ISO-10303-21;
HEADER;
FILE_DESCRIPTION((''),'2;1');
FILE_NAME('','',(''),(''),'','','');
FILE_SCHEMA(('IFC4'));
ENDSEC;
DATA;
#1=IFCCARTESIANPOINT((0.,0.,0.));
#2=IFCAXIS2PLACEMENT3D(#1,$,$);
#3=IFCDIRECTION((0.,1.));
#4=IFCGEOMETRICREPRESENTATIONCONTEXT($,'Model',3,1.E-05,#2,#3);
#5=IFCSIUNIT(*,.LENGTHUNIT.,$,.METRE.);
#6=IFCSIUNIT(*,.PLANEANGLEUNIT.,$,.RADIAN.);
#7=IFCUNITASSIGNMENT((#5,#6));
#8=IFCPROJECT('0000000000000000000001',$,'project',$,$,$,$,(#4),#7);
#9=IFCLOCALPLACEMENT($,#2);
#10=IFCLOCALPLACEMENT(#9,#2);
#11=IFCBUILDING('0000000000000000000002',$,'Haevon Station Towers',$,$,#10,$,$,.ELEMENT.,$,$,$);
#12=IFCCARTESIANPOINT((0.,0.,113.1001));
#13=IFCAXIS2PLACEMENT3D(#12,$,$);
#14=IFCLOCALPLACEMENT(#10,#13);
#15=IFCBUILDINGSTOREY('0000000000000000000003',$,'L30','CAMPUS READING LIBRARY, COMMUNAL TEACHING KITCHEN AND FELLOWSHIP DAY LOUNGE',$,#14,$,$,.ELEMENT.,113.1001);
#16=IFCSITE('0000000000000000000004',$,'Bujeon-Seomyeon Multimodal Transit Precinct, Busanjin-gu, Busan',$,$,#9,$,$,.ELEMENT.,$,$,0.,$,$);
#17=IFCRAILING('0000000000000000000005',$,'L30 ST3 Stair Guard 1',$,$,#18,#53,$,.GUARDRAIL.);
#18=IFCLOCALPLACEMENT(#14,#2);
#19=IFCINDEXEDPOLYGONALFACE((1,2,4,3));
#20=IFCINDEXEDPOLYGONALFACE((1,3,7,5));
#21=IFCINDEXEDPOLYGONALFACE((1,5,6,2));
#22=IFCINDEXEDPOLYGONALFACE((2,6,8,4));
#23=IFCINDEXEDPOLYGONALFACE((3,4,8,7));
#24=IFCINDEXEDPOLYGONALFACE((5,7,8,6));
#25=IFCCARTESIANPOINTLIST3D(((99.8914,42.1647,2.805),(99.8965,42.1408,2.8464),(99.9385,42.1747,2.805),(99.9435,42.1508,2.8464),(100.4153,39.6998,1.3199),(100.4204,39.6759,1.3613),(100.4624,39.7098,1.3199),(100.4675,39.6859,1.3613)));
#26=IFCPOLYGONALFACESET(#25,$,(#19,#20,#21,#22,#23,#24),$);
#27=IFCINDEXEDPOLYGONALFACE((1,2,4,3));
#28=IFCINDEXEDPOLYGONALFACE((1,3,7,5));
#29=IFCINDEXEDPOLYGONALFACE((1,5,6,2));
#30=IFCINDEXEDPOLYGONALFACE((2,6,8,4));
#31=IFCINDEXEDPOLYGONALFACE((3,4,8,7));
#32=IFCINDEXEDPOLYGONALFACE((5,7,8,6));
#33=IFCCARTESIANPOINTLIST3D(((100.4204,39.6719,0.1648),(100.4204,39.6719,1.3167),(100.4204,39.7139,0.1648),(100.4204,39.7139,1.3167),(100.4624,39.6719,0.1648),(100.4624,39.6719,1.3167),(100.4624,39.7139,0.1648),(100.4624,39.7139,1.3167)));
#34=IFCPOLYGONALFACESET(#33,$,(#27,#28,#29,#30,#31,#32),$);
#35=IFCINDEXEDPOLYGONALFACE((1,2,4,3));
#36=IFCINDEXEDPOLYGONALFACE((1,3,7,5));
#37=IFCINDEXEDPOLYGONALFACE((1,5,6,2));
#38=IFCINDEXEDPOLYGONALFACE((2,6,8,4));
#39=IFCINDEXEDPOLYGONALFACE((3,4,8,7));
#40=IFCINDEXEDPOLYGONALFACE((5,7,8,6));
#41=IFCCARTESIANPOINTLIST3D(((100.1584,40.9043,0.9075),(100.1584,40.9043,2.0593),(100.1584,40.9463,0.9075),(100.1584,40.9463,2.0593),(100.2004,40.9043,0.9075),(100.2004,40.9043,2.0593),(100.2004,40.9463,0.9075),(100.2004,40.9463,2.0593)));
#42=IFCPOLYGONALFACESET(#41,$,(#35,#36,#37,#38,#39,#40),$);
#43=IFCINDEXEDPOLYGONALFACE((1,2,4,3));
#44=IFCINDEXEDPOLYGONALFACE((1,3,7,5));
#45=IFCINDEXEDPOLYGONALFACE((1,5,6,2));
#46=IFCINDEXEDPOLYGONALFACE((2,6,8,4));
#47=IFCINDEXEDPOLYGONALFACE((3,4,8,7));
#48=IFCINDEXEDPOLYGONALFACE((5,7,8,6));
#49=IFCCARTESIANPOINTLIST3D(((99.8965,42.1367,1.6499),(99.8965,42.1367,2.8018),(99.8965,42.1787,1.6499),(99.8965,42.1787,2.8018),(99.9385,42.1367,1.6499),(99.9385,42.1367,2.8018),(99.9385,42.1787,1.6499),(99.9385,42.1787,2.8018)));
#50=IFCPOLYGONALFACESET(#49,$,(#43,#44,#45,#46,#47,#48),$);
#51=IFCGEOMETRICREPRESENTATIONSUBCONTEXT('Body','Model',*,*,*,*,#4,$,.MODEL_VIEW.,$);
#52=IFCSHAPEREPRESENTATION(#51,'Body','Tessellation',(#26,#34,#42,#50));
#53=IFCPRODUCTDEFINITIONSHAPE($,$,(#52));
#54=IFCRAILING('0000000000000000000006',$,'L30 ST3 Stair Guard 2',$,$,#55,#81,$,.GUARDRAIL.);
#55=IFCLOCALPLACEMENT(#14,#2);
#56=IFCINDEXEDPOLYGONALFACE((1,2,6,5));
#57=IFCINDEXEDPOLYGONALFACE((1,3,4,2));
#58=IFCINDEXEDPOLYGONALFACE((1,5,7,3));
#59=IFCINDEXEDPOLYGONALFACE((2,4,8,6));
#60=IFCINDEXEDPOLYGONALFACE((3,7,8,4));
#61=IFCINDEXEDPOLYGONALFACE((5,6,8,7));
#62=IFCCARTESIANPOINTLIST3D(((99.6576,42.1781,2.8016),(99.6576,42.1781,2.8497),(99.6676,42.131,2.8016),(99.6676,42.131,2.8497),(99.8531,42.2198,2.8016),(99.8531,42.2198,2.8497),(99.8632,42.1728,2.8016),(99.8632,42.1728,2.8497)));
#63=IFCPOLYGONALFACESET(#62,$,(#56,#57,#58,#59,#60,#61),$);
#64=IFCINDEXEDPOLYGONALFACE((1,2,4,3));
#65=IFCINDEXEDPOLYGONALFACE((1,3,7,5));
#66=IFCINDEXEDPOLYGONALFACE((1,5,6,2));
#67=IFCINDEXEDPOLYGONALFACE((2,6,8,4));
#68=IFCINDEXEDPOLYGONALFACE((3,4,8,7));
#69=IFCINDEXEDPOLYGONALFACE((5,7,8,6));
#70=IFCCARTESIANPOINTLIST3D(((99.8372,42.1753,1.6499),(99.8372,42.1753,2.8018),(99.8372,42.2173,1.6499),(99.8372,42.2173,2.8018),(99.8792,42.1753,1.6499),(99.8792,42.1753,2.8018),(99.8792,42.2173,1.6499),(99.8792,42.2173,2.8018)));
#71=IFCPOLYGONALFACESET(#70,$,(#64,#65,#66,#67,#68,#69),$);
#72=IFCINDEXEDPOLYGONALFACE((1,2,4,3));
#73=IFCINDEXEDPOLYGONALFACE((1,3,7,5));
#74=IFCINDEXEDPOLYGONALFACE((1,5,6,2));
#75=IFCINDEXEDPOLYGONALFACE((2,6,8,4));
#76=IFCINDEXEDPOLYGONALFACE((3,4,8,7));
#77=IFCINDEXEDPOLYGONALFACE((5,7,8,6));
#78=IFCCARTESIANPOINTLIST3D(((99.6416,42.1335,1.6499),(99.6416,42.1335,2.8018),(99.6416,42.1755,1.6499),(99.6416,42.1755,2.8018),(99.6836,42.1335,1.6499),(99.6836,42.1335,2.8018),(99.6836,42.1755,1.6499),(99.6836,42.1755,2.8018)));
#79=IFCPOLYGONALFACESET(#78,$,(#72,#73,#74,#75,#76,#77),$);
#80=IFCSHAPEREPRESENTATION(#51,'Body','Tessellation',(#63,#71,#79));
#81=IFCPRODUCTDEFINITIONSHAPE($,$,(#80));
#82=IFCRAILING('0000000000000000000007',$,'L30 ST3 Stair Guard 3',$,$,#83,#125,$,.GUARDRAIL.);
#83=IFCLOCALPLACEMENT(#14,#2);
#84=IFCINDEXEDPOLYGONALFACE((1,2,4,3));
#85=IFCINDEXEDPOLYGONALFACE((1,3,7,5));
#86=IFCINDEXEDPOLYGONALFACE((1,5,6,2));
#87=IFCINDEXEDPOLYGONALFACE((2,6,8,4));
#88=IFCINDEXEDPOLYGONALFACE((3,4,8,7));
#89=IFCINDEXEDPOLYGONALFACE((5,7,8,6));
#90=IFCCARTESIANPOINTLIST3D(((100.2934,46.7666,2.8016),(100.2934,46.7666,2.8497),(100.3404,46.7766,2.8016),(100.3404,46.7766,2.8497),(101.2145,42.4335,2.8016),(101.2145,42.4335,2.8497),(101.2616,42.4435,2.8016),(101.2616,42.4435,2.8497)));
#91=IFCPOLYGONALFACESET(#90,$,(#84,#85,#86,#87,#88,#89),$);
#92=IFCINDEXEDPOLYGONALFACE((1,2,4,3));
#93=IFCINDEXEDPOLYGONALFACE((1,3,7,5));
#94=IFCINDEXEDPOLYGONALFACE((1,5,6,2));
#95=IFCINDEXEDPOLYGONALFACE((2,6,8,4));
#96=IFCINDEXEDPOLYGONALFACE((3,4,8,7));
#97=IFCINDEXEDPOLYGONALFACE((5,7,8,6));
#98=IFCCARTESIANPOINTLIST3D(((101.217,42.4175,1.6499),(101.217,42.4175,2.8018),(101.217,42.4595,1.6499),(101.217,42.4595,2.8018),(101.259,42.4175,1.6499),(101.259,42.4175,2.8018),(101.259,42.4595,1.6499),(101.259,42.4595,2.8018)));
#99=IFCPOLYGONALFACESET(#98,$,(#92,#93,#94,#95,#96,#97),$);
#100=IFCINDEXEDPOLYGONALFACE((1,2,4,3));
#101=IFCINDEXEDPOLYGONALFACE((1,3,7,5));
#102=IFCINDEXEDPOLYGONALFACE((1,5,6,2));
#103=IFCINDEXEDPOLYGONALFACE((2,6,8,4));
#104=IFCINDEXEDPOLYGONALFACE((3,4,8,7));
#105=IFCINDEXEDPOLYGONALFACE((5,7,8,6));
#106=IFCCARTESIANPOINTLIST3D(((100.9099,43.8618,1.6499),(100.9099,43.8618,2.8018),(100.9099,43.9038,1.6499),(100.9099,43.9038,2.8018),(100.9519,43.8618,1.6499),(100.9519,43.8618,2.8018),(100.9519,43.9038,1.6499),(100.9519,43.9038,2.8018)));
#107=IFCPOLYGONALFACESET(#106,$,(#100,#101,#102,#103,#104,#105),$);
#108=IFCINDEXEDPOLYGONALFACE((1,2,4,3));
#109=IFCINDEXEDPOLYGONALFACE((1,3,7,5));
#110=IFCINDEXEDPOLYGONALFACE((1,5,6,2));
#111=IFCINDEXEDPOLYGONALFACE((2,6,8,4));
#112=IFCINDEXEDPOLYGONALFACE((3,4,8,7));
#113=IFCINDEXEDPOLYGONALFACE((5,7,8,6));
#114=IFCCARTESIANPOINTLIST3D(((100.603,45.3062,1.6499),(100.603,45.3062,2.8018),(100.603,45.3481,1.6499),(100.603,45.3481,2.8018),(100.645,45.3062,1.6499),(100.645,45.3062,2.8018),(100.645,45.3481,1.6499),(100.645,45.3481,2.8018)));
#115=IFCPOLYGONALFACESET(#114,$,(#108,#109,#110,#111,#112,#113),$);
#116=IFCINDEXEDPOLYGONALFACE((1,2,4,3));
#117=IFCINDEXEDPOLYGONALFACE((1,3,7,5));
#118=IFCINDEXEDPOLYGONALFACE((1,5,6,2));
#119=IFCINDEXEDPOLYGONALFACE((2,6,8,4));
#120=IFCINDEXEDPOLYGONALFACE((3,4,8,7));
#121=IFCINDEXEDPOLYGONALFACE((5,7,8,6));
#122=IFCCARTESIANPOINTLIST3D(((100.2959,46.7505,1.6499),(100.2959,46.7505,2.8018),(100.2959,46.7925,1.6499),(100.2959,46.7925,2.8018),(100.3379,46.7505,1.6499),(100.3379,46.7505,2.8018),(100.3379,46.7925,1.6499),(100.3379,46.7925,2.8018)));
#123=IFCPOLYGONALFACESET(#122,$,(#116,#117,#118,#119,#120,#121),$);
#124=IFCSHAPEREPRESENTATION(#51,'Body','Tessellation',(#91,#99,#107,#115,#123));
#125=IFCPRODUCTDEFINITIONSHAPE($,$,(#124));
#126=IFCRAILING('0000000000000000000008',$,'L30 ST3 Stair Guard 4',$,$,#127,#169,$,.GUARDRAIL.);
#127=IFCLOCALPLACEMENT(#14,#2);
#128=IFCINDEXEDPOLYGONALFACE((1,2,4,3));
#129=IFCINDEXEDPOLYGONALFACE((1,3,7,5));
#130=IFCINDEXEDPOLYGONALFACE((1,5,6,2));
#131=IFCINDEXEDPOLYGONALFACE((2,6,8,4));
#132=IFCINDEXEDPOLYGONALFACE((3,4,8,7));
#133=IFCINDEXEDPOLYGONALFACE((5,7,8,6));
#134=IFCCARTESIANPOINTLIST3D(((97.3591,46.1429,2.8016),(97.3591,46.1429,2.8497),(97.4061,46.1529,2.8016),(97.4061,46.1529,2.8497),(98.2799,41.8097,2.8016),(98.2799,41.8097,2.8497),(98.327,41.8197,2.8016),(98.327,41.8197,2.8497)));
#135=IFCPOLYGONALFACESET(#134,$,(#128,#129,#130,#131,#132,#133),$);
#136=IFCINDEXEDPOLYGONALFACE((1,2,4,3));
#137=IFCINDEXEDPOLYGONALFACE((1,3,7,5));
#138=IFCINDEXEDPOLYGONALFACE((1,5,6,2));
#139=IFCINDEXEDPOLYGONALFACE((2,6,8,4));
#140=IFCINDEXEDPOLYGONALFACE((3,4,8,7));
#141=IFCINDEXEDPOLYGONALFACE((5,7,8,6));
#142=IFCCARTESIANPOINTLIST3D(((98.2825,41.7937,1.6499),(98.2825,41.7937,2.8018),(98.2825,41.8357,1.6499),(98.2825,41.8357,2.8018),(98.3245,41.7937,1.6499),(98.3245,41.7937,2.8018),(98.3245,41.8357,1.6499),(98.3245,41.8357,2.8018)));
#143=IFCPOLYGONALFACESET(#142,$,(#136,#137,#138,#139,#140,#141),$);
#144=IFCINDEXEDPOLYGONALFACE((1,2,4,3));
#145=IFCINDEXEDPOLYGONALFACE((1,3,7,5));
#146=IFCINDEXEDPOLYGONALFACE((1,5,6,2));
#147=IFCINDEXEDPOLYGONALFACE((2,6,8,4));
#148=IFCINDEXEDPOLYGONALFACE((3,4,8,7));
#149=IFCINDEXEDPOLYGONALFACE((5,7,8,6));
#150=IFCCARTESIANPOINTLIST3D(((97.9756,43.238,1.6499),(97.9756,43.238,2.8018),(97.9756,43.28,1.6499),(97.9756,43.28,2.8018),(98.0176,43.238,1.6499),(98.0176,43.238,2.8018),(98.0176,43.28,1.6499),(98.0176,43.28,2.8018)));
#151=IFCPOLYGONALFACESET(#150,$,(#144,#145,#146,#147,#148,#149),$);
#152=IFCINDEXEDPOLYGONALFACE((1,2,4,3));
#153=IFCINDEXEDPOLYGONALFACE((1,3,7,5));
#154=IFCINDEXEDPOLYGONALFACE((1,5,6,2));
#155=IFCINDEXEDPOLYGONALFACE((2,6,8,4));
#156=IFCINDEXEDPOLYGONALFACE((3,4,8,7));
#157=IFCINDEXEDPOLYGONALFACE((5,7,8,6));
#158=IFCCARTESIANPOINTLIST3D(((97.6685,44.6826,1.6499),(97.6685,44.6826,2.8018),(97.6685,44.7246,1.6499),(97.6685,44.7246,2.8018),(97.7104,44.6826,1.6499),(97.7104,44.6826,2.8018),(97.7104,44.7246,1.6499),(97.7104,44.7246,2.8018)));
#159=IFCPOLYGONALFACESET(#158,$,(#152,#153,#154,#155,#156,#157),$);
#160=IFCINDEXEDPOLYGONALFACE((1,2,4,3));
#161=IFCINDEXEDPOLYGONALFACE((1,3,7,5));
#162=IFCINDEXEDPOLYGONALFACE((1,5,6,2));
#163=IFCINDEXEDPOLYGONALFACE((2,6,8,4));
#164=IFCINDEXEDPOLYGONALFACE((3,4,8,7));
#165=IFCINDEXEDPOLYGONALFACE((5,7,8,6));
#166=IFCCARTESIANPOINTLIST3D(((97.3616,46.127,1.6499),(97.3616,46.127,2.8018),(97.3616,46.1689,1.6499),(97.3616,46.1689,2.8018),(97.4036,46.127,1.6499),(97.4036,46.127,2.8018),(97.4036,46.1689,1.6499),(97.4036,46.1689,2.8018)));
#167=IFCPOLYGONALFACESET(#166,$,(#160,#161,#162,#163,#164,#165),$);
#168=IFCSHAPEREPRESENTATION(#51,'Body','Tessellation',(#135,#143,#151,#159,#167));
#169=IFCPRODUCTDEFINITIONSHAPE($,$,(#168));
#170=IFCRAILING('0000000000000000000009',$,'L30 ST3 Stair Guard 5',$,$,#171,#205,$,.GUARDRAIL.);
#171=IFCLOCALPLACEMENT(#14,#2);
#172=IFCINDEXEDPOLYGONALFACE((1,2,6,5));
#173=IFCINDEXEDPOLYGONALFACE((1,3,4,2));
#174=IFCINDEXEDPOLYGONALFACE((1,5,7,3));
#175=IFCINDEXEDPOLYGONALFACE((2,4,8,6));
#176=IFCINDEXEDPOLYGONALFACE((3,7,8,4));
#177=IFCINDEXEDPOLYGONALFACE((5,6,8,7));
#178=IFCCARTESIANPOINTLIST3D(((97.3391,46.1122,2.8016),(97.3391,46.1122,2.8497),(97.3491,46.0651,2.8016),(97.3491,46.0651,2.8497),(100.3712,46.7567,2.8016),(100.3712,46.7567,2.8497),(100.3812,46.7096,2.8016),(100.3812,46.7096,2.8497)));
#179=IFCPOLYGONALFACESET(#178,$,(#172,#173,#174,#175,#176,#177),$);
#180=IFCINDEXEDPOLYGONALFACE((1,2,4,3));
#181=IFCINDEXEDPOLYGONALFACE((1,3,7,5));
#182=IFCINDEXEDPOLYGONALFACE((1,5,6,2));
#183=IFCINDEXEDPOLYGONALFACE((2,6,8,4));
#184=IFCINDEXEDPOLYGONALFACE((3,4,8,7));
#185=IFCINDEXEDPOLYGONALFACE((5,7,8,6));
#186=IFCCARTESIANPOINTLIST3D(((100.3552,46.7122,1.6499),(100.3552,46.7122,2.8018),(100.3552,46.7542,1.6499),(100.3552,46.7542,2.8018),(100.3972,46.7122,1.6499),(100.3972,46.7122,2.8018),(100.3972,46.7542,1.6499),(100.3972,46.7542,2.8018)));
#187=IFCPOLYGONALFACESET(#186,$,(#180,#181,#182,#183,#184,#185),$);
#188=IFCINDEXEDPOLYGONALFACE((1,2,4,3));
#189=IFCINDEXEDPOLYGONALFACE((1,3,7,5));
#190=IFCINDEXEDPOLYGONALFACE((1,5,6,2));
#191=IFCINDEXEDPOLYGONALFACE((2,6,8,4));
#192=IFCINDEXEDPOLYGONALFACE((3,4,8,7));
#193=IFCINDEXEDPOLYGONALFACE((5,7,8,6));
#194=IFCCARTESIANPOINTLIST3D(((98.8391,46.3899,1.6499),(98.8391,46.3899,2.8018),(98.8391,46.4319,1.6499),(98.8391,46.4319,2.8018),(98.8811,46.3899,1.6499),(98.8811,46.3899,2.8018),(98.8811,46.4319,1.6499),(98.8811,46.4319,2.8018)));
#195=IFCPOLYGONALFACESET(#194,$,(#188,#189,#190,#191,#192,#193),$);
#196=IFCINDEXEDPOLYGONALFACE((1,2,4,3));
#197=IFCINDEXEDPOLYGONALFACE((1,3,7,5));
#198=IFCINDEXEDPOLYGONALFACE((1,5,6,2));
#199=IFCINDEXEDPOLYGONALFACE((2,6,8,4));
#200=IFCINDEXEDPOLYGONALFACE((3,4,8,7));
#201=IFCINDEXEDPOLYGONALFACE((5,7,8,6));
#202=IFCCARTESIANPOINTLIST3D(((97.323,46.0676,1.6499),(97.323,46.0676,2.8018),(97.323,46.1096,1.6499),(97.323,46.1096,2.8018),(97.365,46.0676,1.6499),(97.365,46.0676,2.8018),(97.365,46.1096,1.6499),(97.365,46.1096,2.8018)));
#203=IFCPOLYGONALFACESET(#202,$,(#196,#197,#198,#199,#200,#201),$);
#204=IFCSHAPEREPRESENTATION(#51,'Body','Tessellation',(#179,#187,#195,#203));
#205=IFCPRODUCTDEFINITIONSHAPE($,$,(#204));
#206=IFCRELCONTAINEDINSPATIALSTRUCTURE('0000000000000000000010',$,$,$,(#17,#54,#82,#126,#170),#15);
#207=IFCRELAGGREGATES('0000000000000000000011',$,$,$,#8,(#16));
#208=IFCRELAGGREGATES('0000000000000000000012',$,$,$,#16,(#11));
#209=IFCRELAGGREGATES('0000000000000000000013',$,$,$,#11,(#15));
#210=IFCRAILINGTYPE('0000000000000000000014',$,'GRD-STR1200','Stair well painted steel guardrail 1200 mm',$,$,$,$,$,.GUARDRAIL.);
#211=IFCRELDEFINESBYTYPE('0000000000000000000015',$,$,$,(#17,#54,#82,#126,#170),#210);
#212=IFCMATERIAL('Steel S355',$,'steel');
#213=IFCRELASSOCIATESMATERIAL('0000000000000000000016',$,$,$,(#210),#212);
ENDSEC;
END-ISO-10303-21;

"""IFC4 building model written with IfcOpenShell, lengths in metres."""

from ifc_helpers import new_model, si_unit, direction, frame, origin, origin_2d, place, context, subcontext, project, spatial, rectangle, extrude, material, type_object, element, save


model = new_model("IFC4")

# Units and contexts
model_context = context("Model", 3, precision=1e-05, world=origin(), true_north=direction((0.0, 1.0)))
body_context = subcontext(model_context, "Body", "Model", "MODEL_VIEW")
ifc_project = project(units=[si_unit("LENGTHUNIT", "METRE"), si_unit("PLANEANGLEUNIT", "RADIAN")], contexts=[model_context])

# Site, building, storey
site_placement = place(None, origin())
site = spatial("IfcSite", under=ifc_project, at=site_placement, Name="Bujeon-Seomyeon Multimodal Transit Precinct, Busanjin-gu, Busan", CompositionType="ELEMENT", RefElevation=0.0)
building_placement = place(site_placement, origin())
building = spatial("IfcBuilding", under=site, at=building_placement, Name="Haevon Station Towers", CompositionType="ELEMENT")
storey_placement = place(building_placement, frame((0.0, 0.0, 113.1001)))
storey = spatial("IfcBuildingStorey", under=building, at=storey_placement, Name="L30", Description="CAMPUS READING LIBRARY, COMMUNAL TEACHING KITCHEN AND FELLOWSHIP DAY LOUNGE", CompositionType="ELEMENT", Elevation=113.1001)

# Shared definitions
ifc_material_1 = material(Name="Steel S355", Category="steel")

# Railings
railing_type_1 = type_object("IfcRailingType", Name="GRD-STR1200", Description="Stair well painted steel guardrail 1200 mm", PredefinedType="GUARDRAIL", material=ifc_material_1)
railing_1_placement = place(storey_placement, frame((100.4414, 39.6929, 0.1648)))
element("IfcRailing", 1, at=railing_1_placement, inside=storey, type_object=railing_type_1, Name="L30 ST3 Stair Guard 1", PredefinedType="GUARDRAIL", context=body_context, shape_type="SweptSolid", body=[
    extrude(rectangle(XDim=0.0481, YDim=0.0481, at=origin_2d()), frame((0.0, 0.0, 1.1758), z_axis=(-0.179121, 0.842688, 0.507733), x_axis=(-0.978147, -0.207914, 0.0)), (0.0, 0.0, 1.0), 2.925),
    extrude(rectangle(XDim=0.042, YDim=0.042, at=origin_2d()), origin(), (0.0, 0.0, 1.0), 1.1519),
    extrude(rectangle(XDim=0.042, YDim=0.042, at=origin_2d()), frame((-0.262, 1.2324, 0.7427)), (0.0, 0.0, 1.0), 1.1519),
    extrude(rectangle(XDim=0.042, YDim=0.042, at=origin_2d()), frame((-0.5239, 2.4648, 1.4851)), (0.0, 0.0, 1.0), 1.1519),
])
railing_2_placement = place(storey_placement, frame((99.8582, 42.1963, 1.6499)))
element("IfcRailing", 2, at=railing_2_placement, inside=storey, type_object=railing_type_1, Name="L30 ST3 Stair Guard 2", PredefinedType="GUARDRAIL", context=body_context, shape_type="SweptSolid", body=[
    extrude(rectangle(XDim=0.0481, YDim=0.0481, at=origin_2d()), frame((0.0, 0.0, 1.1758), z_axis=(-0.977963, -0.208779, 0.0), x_axis=(0.208779, -0.977963, 0.0)), (0.0, 0.0, 1.0), 0.2),
    extrude(rectangle(XDim=0.042, YDim=0.042, at=origin_2d()), origin(), (0.0, 0.0, 1.0), 1.1519),
    extrude(rectangle(XDim=0.042, YDim=0.042, at=origin_2d()), frame((-0.1956, -0.0417, 0.0)), (0.0, 0.0, 1.0), 1.1519),
])
railing_3_placement = place(storey_placement, frame((101.238, 42.4385, 1.6499)))
element("IfcRailing", 3, at=railing_3_placement, inside=storey, type_object=railing_type_1, Name="L30 ST3 Stair Guard 3", PredefinedType="GUARDRAIL", context=body_context, shape_type="SweptSolid", body=[
    extrude(rectangle(XDim=0.0481, YDim=0.0481, at=origin_2d()), frame((0.0, 0.0, 1.1758), z_axis=(-0.20794, 0.978141, 0.0), x_axis=(-0.978141, -0.20794, 0.0)), (0.0, 0.0, 1.0), 4.4299),
    extrude(rectangle(XDim=0.042, YDim=0.042, at=origin_2d()), origin(), (0.0, 0.0, 1.0), 1.1519),
    extrude(rectangle(XDim=0.042, YDim=0.042, at=origin_2d()), frame((-0.3071, 1.4443, 0.0)), (0.0, 0.0, 1.0), 1.1519),
    extrude(rectangle(XDim=0.042, YDim=0.042, at=origin_2d()), frame((-0.614, 2.8887, 0.0)), (0.0, 0.0, 1.0), 1.1519),
    extrude(rectangle(XDim=0.042, YDim=0.042, at=origin_2d()), frame((-0.9211, 4.333, 0.0)), (0.0, 0.0, 1.0), 1.1519),
])
railing_4_placement = place(storey_placement, frame((98.3035, 41.8147, 1.6499)))
element("IfcRailing", 4, at=railing_4_placement, inside=storey, type_object=railing_type_1, Name="L30 ST3 Stair Guard 4", PredefinedType="GUARDRAIL", context=body_context, shape_type="SweptSolid", body=[
    extrude(rectangle(XDim=0.0481, YDim=0.0481, at=origin_2d()), frame((0.0, 0.0, 1.1758), z_axis=(-0.207877, 0.978155, 0.0), x_axis=(-0.978155, -0.207877, 0.0)), (0.0, 0.0, 1.0), 4.4299),
    extrude(rectangle(XDim=0.042, YDim=0.042, at=origin_2d()), origin(), (0.0, 0.0, 1.0), 1.1519),
    extrude(rectangle(XDim=0.042, YDim=0.042, at=origin_2d()), frame((-0.3069, 1.4443, 0.0)), (0.0, 0.0, 1.0), 1.1519),
    extrude(rectangle(XDim=0.042, YDim=0.042, at=origin_2d()), frame((-0.614, 2.8889, 0.0)), (0.0, 0.0, 1.0), 1.1519),
    extrude(rectangle(XDim=0.042, YDim=0.042, at=origin_2d()), frame((-0.9209, 4.3333, 0.0)), (0.0, 0.0, 1.0), 1.1519),
])
railing_5_placement = place(storey_placement, frame((100.3762, 46.7332, 1.6499)))
element("IfcRailing", 5, at=railing_5_placement, inside=storey, type_object=railing_type_1, Name="L30 ST3 Stair Guard 5", PredefinedType="GUARDRAIL", context=body_context, shape_type="SweptSolid", body=[
    extrude(rectangle(XDim=0.0481, YDim=0.0481, at=origin_2d()), frame((0.0, 0.0, 1.1758), z_axis=(-0.978147, -0.207915, 0.0), x_axis=(0.207915, -0.978147, 0.0)), (0.0, 0.0, 1.0), 3.0999),
    extrude(rectangle(XDim=0.042, YDim=0.042, at=origin_2d()), origin(), (0.0, 0.0, 1.0), 1.1519),
    extrude(rectangle(XDim=0.042, YDim=0.042, at=origin_2d()), frame((-1.5161, -0.3223, 0.0)), (0.0, 0.0, 1.0), 1.1519),
    extrude(rectangle(XDim=0.042, YDim=0.042, at=origin_2d()), frame((-3.0322, -0.6445, 0.0)), (0.0, 0.0, 1.0), 1.1519),
])

save(model, "model.ifc")
